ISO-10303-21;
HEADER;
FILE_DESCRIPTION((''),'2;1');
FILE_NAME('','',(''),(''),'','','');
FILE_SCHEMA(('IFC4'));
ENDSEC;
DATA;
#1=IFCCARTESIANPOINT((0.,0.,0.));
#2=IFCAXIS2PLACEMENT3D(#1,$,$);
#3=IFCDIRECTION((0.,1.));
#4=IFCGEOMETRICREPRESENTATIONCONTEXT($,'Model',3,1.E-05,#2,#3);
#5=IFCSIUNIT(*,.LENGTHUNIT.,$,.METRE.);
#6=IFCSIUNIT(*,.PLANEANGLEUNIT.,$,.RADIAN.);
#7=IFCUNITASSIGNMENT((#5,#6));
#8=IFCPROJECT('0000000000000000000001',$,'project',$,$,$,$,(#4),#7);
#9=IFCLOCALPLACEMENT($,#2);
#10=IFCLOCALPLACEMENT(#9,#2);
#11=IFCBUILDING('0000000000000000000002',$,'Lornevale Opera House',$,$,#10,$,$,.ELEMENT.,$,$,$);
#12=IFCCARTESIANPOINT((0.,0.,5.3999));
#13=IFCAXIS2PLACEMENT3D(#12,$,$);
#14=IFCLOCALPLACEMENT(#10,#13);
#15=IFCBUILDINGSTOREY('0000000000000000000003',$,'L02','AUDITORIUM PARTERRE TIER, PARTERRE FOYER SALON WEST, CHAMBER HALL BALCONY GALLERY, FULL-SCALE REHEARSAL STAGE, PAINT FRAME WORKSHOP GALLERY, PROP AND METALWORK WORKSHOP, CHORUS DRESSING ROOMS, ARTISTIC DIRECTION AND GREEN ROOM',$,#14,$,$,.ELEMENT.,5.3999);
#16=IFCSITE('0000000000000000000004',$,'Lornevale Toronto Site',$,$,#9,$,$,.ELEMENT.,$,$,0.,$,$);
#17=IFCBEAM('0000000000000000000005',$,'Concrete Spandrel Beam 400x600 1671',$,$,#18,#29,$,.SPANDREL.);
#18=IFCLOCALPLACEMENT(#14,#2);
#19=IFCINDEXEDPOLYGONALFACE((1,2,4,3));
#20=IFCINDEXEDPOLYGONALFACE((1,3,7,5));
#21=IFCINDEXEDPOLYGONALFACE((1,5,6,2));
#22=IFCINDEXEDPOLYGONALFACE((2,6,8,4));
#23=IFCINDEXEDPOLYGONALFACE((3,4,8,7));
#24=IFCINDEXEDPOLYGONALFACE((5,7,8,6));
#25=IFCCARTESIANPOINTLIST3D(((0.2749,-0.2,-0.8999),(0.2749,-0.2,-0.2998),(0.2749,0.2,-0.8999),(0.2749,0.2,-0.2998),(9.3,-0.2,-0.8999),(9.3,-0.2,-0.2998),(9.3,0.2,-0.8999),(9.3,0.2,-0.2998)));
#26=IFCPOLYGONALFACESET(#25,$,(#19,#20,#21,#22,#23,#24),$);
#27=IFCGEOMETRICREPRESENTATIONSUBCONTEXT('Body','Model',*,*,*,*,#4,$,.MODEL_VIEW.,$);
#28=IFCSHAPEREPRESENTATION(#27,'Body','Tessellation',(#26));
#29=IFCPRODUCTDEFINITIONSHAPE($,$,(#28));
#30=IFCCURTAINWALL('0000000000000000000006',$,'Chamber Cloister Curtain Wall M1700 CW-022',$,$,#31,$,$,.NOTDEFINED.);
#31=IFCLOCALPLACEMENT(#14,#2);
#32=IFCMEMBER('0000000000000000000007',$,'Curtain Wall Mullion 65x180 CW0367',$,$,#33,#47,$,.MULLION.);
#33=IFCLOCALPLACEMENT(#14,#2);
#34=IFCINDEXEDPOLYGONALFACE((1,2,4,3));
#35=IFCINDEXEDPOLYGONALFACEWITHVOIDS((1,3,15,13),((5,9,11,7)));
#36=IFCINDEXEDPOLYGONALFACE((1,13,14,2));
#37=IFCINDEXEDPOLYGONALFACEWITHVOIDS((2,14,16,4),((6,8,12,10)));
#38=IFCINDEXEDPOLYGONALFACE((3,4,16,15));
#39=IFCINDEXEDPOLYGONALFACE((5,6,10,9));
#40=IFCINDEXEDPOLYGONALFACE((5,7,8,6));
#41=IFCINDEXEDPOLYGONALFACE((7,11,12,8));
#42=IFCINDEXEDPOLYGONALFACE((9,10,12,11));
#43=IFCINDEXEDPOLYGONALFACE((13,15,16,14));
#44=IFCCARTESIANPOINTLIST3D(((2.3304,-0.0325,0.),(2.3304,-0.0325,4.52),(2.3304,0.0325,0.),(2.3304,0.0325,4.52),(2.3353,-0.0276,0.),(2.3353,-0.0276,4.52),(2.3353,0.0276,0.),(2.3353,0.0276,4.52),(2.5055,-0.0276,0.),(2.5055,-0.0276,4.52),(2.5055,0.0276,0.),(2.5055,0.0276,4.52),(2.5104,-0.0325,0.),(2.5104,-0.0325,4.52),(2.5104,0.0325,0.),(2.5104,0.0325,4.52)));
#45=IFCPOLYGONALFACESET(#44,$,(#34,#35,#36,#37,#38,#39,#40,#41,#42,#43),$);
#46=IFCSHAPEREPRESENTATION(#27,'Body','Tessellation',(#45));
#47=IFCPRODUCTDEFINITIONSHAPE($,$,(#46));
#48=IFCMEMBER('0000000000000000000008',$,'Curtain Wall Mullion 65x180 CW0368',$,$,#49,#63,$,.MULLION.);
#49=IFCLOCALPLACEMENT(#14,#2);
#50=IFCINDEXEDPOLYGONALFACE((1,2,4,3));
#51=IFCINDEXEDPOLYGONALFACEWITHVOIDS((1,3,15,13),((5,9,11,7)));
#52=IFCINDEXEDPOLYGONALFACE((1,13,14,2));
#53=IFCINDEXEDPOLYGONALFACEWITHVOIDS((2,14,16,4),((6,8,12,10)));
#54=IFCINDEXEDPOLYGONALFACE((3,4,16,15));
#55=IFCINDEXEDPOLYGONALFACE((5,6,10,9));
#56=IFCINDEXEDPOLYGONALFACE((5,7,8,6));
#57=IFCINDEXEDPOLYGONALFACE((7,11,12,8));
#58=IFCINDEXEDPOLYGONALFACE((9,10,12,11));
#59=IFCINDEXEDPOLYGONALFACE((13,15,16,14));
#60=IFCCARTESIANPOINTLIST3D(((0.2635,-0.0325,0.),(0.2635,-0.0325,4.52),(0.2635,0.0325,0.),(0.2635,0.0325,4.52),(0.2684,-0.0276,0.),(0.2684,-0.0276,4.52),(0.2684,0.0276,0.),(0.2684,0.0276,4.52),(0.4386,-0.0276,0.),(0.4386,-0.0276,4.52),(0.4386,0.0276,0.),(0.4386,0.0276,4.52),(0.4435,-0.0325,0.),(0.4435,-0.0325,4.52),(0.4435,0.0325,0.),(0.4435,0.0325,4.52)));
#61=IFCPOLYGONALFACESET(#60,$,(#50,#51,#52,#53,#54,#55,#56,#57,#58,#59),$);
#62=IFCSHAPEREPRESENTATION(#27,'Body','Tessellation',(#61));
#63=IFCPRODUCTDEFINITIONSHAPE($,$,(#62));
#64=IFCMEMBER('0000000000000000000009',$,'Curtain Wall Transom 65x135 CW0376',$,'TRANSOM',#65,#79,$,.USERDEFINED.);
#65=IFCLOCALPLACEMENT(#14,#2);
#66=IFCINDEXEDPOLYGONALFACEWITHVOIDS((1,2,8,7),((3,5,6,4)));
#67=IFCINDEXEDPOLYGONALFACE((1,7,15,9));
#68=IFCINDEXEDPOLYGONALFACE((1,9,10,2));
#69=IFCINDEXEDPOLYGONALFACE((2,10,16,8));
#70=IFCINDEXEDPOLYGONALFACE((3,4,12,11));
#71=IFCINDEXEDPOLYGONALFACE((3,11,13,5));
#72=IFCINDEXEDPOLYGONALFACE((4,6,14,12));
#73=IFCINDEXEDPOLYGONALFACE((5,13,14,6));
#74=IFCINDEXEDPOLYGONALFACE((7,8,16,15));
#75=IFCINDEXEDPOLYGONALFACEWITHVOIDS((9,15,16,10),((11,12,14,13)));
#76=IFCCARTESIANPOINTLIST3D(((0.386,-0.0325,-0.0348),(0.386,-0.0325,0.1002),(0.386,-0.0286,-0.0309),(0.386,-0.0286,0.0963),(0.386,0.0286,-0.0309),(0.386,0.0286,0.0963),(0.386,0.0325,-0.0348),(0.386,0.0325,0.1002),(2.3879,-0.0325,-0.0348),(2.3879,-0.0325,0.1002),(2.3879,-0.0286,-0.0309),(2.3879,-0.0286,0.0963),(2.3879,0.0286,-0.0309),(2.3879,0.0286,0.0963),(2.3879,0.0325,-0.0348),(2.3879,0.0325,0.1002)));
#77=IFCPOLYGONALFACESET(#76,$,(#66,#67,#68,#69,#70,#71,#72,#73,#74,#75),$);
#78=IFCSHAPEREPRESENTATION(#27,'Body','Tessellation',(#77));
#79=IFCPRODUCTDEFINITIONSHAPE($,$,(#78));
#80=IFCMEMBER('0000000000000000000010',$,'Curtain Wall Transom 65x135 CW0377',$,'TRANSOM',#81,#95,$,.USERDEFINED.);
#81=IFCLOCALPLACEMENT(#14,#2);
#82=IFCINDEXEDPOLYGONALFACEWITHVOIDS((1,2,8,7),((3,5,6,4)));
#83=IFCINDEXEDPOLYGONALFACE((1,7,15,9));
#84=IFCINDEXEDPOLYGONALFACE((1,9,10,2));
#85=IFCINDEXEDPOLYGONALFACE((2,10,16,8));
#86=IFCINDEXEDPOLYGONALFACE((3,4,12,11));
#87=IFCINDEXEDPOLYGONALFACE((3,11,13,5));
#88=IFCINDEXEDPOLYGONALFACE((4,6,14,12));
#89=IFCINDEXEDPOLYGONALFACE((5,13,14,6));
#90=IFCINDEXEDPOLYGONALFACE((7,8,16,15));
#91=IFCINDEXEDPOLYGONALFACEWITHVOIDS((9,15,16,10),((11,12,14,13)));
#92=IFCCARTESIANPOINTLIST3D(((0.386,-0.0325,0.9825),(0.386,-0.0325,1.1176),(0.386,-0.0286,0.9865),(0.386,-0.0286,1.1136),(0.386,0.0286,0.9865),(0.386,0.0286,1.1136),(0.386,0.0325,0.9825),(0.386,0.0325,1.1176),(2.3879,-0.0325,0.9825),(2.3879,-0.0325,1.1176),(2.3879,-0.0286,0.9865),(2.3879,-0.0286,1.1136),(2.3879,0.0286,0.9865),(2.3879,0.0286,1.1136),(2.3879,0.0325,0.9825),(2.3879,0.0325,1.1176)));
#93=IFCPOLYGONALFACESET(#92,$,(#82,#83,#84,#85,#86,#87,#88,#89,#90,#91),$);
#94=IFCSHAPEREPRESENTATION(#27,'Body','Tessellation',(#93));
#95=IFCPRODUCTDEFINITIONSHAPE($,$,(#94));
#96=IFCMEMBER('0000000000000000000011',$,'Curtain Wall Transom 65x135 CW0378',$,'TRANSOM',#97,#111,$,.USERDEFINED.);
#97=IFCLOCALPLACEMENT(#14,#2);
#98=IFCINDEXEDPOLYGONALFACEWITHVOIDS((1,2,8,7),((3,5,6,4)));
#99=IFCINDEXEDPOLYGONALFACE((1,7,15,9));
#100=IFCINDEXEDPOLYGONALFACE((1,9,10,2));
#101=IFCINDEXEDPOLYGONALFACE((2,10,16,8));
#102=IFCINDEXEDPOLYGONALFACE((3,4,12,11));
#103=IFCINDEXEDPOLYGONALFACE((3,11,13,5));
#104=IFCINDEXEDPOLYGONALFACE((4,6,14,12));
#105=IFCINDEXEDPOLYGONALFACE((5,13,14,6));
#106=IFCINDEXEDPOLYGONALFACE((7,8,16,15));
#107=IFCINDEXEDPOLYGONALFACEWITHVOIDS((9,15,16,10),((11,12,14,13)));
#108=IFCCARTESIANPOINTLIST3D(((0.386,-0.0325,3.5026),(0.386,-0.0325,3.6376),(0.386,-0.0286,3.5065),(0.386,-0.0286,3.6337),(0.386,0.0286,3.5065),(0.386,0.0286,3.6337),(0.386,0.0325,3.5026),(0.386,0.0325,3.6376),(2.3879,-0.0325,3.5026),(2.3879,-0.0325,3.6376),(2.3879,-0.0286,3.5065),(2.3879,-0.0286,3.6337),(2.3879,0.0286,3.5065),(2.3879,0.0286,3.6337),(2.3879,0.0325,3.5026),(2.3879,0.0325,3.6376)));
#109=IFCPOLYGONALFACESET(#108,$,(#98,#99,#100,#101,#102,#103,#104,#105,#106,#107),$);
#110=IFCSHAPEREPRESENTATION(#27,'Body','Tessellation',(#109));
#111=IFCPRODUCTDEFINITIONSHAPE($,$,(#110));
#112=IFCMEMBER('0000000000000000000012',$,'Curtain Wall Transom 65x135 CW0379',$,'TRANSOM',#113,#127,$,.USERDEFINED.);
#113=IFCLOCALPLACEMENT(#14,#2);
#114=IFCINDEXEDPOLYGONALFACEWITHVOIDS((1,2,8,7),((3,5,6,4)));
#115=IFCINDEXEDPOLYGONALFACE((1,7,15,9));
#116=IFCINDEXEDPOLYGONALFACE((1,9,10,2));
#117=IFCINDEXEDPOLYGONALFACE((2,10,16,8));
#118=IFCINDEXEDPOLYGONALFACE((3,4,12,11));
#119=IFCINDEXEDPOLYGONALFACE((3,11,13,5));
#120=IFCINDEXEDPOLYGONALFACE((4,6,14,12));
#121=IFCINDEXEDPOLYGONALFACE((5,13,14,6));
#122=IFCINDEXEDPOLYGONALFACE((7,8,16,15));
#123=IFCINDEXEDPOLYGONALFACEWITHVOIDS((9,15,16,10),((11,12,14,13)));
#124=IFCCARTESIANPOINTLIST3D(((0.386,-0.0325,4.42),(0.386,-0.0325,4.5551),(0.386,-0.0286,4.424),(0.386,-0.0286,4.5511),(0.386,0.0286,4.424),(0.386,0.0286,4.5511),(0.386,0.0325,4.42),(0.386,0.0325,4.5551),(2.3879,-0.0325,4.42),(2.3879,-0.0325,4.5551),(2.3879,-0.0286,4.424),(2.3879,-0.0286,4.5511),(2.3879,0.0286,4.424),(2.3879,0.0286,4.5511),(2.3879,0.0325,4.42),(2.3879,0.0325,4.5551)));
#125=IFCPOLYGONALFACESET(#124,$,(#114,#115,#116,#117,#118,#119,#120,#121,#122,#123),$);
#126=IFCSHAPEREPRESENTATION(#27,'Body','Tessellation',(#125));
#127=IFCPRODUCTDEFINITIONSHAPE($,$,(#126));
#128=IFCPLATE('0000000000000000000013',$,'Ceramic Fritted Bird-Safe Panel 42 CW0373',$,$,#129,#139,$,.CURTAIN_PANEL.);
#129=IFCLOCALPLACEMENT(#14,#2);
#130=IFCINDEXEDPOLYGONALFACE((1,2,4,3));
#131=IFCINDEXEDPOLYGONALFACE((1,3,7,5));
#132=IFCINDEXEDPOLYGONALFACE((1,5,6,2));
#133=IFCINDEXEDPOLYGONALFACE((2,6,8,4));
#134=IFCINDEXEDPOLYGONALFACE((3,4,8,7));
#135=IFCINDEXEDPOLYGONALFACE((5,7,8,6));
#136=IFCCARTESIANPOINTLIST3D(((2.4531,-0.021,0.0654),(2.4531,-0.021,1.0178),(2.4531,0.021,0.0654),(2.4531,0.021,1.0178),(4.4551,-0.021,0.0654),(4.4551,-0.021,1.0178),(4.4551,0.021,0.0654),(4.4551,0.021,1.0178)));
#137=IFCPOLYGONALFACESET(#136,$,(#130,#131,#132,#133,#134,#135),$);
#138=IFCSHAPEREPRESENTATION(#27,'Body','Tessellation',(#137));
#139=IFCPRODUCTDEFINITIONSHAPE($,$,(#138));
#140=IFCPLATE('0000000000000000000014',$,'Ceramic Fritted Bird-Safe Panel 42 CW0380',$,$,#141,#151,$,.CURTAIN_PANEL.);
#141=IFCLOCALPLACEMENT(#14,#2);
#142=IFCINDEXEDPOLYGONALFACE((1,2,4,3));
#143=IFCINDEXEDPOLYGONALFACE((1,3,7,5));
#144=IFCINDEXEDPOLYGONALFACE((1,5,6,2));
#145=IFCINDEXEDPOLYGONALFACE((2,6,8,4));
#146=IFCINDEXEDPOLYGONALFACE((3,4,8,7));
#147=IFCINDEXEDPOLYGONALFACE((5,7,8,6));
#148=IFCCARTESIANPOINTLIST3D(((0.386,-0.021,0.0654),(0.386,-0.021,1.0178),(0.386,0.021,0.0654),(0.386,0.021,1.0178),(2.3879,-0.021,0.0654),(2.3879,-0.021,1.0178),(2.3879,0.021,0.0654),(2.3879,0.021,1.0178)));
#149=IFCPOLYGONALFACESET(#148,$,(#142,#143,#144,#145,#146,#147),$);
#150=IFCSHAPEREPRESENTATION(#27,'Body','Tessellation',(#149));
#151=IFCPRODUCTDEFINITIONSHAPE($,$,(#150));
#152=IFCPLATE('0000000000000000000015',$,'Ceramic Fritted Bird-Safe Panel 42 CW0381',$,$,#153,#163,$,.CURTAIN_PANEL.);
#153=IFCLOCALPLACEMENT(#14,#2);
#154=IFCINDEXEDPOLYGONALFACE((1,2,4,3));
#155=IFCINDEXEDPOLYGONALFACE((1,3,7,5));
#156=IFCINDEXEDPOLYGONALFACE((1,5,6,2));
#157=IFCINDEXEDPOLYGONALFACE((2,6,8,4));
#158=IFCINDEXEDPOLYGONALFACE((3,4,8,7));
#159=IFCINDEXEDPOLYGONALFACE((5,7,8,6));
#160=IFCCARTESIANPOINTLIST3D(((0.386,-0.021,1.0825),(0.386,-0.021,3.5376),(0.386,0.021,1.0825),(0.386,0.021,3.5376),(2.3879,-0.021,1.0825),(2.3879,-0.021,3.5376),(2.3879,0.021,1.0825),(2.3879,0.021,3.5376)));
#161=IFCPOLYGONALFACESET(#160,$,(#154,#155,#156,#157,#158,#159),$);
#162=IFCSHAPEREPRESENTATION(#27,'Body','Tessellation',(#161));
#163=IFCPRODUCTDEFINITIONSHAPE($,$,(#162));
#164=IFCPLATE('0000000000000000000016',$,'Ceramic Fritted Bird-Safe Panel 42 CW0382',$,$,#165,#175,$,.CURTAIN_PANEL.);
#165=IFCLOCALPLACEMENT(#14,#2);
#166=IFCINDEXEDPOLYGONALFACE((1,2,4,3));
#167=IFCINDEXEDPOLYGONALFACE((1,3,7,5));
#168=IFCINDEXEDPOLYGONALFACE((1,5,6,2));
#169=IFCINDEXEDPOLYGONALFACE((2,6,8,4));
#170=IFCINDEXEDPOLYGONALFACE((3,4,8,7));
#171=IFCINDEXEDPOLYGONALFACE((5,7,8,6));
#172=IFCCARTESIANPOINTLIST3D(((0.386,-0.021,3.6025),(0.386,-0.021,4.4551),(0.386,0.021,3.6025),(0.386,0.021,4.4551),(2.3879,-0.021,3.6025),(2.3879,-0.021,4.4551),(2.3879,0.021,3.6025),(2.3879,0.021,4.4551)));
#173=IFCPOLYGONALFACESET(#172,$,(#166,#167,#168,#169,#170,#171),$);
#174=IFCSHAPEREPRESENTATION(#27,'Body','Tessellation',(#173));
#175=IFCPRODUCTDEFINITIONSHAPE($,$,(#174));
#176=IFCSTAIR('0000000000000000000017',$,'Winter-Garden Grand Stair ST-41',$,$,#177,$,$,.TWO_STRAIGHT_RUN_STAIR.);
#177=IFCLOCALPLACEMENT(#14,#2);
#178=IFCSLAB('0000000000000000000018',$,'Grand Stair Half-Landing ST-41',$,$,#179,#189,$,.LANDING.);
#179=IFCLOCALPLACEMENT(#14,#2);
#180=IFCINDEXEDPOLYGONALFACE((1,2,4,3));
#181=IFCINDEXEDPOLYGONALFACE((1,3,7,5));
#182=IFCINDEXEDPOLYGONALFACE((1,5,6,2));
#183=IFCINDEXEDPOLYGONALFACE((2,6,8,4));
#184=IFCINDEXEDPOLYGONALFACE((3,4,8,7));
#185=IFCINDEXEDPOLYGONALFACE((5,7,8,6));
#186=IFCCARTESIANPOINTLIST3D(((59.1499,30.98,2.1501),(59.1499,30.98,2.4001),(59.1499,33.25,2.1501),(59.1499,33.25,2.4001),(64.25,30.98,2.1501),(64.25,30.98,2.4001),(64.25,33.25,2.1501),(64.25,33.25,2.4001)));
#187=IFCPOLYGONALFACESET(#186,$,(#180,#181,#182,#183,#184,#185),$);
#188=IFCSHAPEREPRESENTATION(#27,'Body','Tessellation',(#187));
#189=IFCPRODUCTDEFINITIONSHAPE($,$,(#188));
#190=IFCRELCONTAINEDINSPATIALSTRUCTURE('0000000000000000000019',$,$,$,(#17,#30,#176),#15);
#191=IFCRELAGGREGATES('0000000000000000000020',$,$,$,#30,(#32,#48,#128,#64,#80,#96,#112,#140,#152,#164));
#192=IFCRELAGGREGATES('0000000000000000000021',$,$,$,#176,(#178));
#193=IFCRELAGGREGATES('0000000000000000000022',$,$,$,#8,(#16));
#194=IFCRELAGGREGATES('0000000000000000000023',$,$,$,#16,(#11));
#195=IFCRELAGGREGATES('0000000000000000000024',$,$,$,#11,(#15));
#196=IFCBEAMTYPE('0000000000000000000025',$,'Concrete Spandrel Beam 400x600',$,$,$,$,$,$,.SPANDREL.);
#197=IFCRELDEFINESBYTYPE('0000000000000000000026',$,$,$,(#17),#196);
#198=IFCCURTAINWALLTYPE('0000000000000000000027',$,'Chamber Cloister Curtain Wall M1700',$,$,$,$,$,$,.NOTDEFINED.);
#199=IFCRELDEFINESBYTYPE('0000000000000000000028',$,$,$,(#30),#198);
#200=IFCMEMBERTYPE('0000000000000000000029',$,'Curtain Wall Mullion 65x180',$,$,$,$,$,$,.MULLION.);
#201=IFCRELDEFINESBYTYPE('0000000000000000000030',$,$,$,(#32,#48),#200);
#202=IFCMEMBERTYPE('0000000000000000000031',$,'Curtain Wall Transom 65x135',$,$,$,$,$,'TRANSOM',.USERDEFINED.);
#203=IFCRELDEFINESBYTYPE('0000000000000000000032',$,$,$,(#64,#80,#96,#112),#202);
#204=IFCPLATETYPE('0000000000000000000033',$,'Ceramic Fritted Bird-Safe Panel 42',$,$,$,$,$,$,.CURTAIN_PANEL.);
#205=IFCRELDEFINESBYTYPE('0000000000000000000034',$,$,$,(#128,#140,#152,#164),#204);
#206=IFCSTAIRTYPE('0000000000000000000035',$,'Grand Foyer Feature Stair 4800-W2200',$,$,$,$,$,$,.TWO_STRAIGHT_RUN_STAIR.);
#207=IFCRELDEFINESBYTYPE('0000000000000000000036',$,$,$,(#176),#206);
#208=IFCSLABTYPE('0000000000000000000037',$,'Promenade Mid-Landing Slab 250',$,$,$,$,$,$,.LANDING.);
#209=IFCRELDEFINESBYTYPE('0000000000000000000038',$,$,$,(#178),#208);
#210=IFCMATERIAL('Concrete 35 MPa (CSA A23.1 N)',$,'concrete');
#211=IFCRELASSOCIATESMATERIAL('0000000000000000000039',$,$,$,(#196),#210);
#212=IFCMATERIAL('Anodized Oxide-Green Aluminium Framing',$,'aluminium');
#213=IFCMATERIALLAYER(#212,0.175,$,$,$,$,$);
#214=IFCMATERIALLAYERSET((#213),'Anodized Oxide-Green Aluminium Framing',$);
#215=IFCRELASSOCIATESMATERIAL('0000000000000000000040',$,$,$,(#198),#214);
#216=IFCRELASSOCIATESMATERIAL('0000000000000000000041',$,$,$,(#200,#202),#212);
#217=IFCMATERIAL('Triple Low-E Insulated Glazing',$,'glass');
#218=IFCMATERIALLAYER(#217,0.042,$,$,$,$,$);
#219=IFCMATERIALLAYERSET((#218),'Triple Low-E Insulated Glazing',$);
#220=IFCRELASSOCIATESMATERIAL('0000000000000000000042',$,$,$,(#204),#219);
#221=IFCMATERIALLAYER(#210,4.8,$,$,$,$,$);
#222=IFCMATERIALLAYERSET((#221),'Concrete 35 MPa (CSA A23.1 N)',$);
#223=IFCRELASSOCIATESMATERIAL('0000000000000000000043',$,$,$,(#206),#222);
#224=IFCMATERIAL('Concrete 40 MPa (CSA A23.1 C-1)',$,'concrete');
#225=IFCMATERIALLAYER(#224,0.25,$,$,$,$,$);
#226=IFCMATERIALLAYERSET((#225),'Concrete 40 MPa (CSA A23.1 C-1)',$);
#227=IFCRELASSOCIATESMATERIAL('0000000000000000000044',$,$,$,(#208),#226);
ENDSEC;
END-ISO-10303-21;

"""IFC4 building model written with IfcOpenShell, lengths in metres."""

from ifc_helpers import new_model, si_unit, direction, frame, origin, origin_2d, place, context, subcontext, project, spatial, polyline, rectangle, hollow_rectangle, outline, extrude, material, layer, layer_set, material_profile, profile_set, type_object, element, aggregate, save


model = new_model("IFC4")

# Units and contexts
model_context = context("Model", 3, precision=1e-05, world=origin(), true_north=direction((0.0, 1.0)))
body_context = subcontext(model_context, "Body", "Model", "MODEL_VIEW")
ifc_project = project(units=[si_unit("LENGTHUNIT", "METRE"), si_unit("PLANEANGLEUNIT", "RADIAN")], contexts=[model_context])

# Site, building, storey
site_placement = place(None, origin())
site = spatial("IfcSite", under=ifc_project, at=site_placement, Name="Lornevale Toronto Site", CompositionType="ELEMENT", RefElevation=0.0)
building_placement = place(site_placement, origin())
building = spatial("IfcBuilding", under=site, at=building_placement, Name="Lornevale Opera House", CompositionType="ELEMENT")
storey_placement = place(building_placement, frame((0.0, 0.0, 5.3999)))
storey = spatial("IfcBuildingStorey", under=building, at=storey_placement, Name="L02", Description="AUDITORIUM PARTERRE TIER, PARTERRE FOYER SALON WEST, CHAMBER HALL BALCONY GALLERY, FULL-SCALE REHEARSAL STAGE, PAINT FRAME WORKSHOP GALLERY, PROP AND METALWORK WORKSHOP, CHORUS DRESSING ROOMS, ARTISTIC DIRECTION AND GREEN ROOM", CompositionType="ELEMENT", Elevation=5.3999)

# Beam
ifc_material_1 = material(Name="Concrete 35 MPa (CSA A23.1 N)", Category="concrete")
ifc_material_profile_1 = material_profile(ifc_material_1, rectangle(XDim=0.3999, YDim=0.6001, at=origin_2d()), Name="RC400x600")
ifc_profile_set_1 = profile_set([ifc_material_profile_1], Name="Concrete 35 MPa (CSA A23.1 N)")
beam_type = type_object("IfcBeamType", Name="Concrete Spandrel Beam 400x600", PredefinedType="SPANDREL", material=ifc_profile_set_1)
beam_placement = place(storey_placement, frame((0.2749, 0.0, -0.5999), z_axis=(1.0, 0.0, 0.0), x_axis=(0.0, 1.0, 0.0)))
element("IfcBeam", 1, at=beam_placement, inside=storey, type_object=beam_type, Name="Concrete Spandrel Beam 400x600 1671", PredefinedType="SPANDREL", context=body_context, shape_type="SweptSolid", body=[
    extrude(rectangle(XDim=0.3999, YDim=0.6001, at=origin_2d()), origin(), (0.0, 0.0, 1.0), 9.0251),
])

# Curtain wall, members, plates
ifc_material_2 = material(Name="Anodized Oxide-Green Aluminium Framing", Category="aluminium")
ifc_layer_1 = layer(ifc_material_2, 0.175)
ifc_layer_set_1 = layer_set([ifc_layer_1], Name="Anodized Oxide-Green Aluminium Framing")
curtain_wall_type = type_object("IfcCurtainWallType", Name="Chamber Cloister Curtain Wall M1700", PredefinedType="NOTDEFINED", material=ifc_layer_set_1)
curtain_wall_placement = place(storey_placement, origin())
curtain_wall = element("IfcCurtainWall", 2, at=curtain_wall_placement, inside=storey, type_object=curtain_wall_type, Name="Chamber Cloister Curtain Wall M1700 CW-022", PredefinedType="NOTDEFINED")
ifc_material_profile_2 = material_profile(ifc_material_2, hollow_rectangle(XDim=0.0649, YDim=0.1799, WallThickness=0.0049, at=origin_2d()), Name="ALU65x180x5")
ifc_profile_set_2 = profile_set([ifc_material_profile_2], Name="Anodized Oxide-Green Aluminium Framing")
member_type_1 = type_object("IfcMemberType", Name="Curtain Wall Mullion 65x180", PredefinedType="MULLION", material=ifc_profile_set_2)
member_1_placement = place(storey_placement, frame((2.4204, 0.0, 0.0), z_axis=(0.0, 0.0, 1.0), x_axis=(0.0, -1.0, 0.0)))
member_1 = element("IfcMember", 3, at=member_1_placement, type_object=member_type_1, Name="Curtain Wall Mullion 65x180 CW0367", PredefinedType="MULLION", context=body_context, shape_type="SweptSolid", body=[
    extrude(hollow_rectangle(XDim=0.0649, YDim=0.1799, WallThickness=0.0049, at=origin_2d()), origin(), (0.0, 0.0, 1.0), 4.52),
])
member_2_placement = place(storey_placement, frame((0.3535, 0.0, 0.0), z_axis=(0.0, 0.0, 1.0), x_axis=(0.0, -1.0, 0.0)))
member_2 = element("IfcMember", 4, at=member_2_placement, type_object=member_type_1, Name="Curtain Wall Mullion 65x180 CW0368", PredefinedType="MULLION", context=body_context, shape_type="SweptSolid", body=[
    extrude(hollow_rectangle(XDim=0.0649, YDim=0.1799, WallThickness=0.0049, at=origin_2d()), origin(), (0.0, 0.0, 1.0), 4.52),
])
ifc_material_profile_3 = material_profile(ifc_material_2, hollow_rectangle(XDim=0.0649, YDim=0.135, WallThickness=0.0039, at=origin_2d()), Name="ALU65x135x4")
ifc_profile_set_3 = profile_set([ifc_material_profile_3], Name="Anodized Oxide-Green Aluminium Framing")
member_type_2 = type_object("IfcMemberType", Name="Curtain Wall Transom 65x135", ElementType="TRANSOM", PredefinedType="USERDEFINED", material=ifc_profile_set_3)
member_3_placement = place(storey_placement, frame((2.3879, 0.0, 0.0327), z_axis=(-1.0, 0.0, 0.0), x_axis=(0.0, -1.0, 0.0)))
member_3 = element("IfcMember", 5, at=member_3_placement, type_object=member_type_2, Name="Curtain Wall Transom 65x135 CW0376", ObjectType="TRANSOM", PredefinedType="USERDEFINED", context=body_context, shape_type="SweptSolid", body=[
    extrude(hollow_rectangle(XDim=0.0649, YDim=0.135, WallThickness=0.0039, at=origin_2d()), origin(), (0.0, 0.0, 1.0), 2.002),
])
member_4_placement = place(storey_placement, frame((2.3879, 0.0, 1.05), z_axis=(-1.0, 0.0, 0.0), x_axis=(0.0, -1.0, 0.0)))
member_4 = element("IfcMember", 6, at=member_4_placement, type_object=member_type_2, Name="Curtain Wall Transom 65x135 CW0377", ObjectType="TRANSOM", PredefinedType="USERDEFINED", context=body_context, shape_type="SweptSolid", body=[
    extrude(hollow_rectangle(XDim=0.0649, YDim=0.135, WallThickness=0.0039, at=origin_2d()), origin(), (0.0, 0.0, 1.0), 2.002),
])
member_5_placement = place(storey_placement, frame((2.3879, 0.0, 3.5701), z_axis=(-1.0, 0.0, 0.0), x_axis=(0.0, -1.0, 0.0)))
member_5 = element("IfcMember", 7, at=member_5_placement, type_object=member_type_2, Name="Curtain Wall Transom 65x135 CW0378", ObjectType="TRANSOM", PredefinedType="USERDEFINED", context=body_context, shape_type="SweptSolid", body=[
    extrude(hollow_rectangle(XDim=0.0649, YDim=0.135, WallThickness=0.0039, at=origin_2d()), origin(), (0.0, 0.0, 1.0), 2.002),
])
member_6_placement = place(storey_placement, frame((2.3879, 0.0, 4.4875), z_axis=(-1.0, 0.0, 0.0), x_axis=(0.0, -1.0, 0.0)))
member_6 = element("IfcMember", 8, at=member_6_placement, type_object=member_type_2, Name="Curtain Wall Transom 65x135 CW0379", ObjectType="TRANSOM", PredefinedType="USERDEFINED", context=body_context, shape_type="SweptSolid", body=[
    extrude(hollow_rectangle(XDim=0.0649, YDim=0.135, WallThickness=0.0039, at=origin_2d()), origin(), (0.0, 0.0, 1.0), 2.002),
])
ifc_material_3 = material(Name="Triple Low-E Insulated Glazing", Category="glass")
ifc_layer_2 = layer(ifc_material_3, 0.042)
ifc_layer_set_2 = layer_set([ifc_layer_2], Name="Triple Low-E Insulated Glazing")
plate_type = type_object("IfcPlateType", Name="Ceramic Fritted Bird-Safe Panel 42", PredefinedType="CURTAIN_PANEL", material=ifc_layer_set_2)
plate_1_placement = place(storey_placement, frame((3.4541, 0.0, 0.0654), z_axis=(0.0, 0.0, 1.0), x_axis=(-1.0, 0.0, 0.0)))
plate_1 = element("IfcPlate", 9, at=plate_1_placement, type_object=plate_type, Name="Ceramic Fritted Bird-Safe Panel 42 CW0373", PredefinedType="CURTAIN_PANEL", context=body_context, shape_type="SweptSolid", body=[
    extrude(rectangle(XDim=2.002, YDim=0.042, at=origin_2d()), origin(), (0.0, 0.0, 1.0), 0.9524),
])
plate_2_placement = place(storey_placement, frame((1.387, 0.0, 0.0654), z_axis=(0.0, 0.0, 1.0), x_axis=(-1.0, 0.0, 0.0)))
plate_2 = element("IfcPlate", 10, at=plate_2_placement, type_object=plate_type, Name="Ceramic Fritted Bird-Safe Panel 42 CW0380", PredefinedType="CURTAIN_PANEL", context=body_context, shape_type="SweptSolid", body=[
    extrude(rectangle(XDim=2.002, YDim=0.042, at=origin_2d()), origin(), (0.0, 0.0, 1.0), 0.9524),
])
plate_3_placement = place(storey_placement, frame((1.387, 0.0, 1.0825), z_axis=(0.0, 0.0, 1.0), x_axis=(-1.0, 0.0, 0.0)))
plate_3 = element("IfcPlate", 11, at=plate_3_placement, type_object=plate_type, Name="Ceramic Fritted Bird-Safe Panel 42 CW0381", PredefinedType="CURTAIN_PANEL", context=body_context, shape_type="SweptSolid", body=[
    extrude(rectangle(XDim=2.002, YDim=0.042, at=origin_2d()), origin(), (0.0, 0.0, 1.0), 2.4551),
])
plate_4_placement = place(storey_placement, frame((1.387, 0.0, 3.6025), z_axis=(0.0, 0.0, 1.0), x_axis=(-1.0, 0.0, 0.0)))
plate_4 = element("IfcPlate", 12, at=plate_4_placement, type_object=plate_type, Name="Ceramic Fritted Bird-Safe Panel 42 CW0382", PredefinedType="CURTAIN_PANEL", context=body_context, shape_type="SweptSolid", body=[
    extrude(rectangle(XDim=2.002, YDim=0.042, at=origin_2d()), origin(), (0.0, 0.0, 1.0), 0.8525),
])
aggregate(curtain_wall, [member_1, member_2, plate_1, member_3, member_4, member_5, member_6, plate_2, plate_3, plate_4])

# Stair, slab
ifc_layer_3 = layer(ifc_material_1, 4.8)
ifc_layer_set_3 = layer_set([ifc_layer_3], Name="Concrete 35 MPa (CSA A23.1 N)")
stair_type_1 = type_object("IfcStairType", Name="Grand Foyer Feature Stair 4800-W2200", PredefinedType="TWO_STRAIGHT_RUN_STAIR", material=ifc_layer_set_3)
stair_1_placement = place(storey_placement, origin())
stair_1 = element("IfcStair", 13, at=stair_1_placement, inside=storey, type_object=stair_type_1, Name="Winter-Garden Grand Stair ST-41", PredefinedType="TWO_STRAIGHT_RUN_STAIR")
ifc_material_4 = material(Name="Concrete 40 MPa (CSA A23.1 C-1)", Category="concrete")
ifc_layer_4 = layer(ifc_material_4, 0.25)
ifc_layer_set_4 = layer_set([ifc_layer_4], Name="Concrete 40 MPa (CSA A23.1 C-1)")
slab_type_1 = type_object("IfcSlabType", Name="Promenade Mid-Landing Slab 250", PredefinedType="LANDING", material=ifc_layer_set_4)
slab_1_placement = place(storey_placement, frame((0.0, 0.0, 2.1501)))
slab_1 = element("IfcSlab", 14, at=slab_1_placement, type_object=slab_type_1, Name="Grand Stair Half-Landing ST-41", PredefinedType="LANDING", context=body_context, shape_type="SweptSolid", body=[
    extrude(outline(polyline([(59.1499, 30.98), (64.25, 30.98), (64.25, 33.25), (59.1499, 33.25), (59.1499, 30.98)])), origin(), (0.0, 0.0, 1.0), 0.25),
])
aggregate(stair_1, [slab_1])

save(model, "model.ifc")
